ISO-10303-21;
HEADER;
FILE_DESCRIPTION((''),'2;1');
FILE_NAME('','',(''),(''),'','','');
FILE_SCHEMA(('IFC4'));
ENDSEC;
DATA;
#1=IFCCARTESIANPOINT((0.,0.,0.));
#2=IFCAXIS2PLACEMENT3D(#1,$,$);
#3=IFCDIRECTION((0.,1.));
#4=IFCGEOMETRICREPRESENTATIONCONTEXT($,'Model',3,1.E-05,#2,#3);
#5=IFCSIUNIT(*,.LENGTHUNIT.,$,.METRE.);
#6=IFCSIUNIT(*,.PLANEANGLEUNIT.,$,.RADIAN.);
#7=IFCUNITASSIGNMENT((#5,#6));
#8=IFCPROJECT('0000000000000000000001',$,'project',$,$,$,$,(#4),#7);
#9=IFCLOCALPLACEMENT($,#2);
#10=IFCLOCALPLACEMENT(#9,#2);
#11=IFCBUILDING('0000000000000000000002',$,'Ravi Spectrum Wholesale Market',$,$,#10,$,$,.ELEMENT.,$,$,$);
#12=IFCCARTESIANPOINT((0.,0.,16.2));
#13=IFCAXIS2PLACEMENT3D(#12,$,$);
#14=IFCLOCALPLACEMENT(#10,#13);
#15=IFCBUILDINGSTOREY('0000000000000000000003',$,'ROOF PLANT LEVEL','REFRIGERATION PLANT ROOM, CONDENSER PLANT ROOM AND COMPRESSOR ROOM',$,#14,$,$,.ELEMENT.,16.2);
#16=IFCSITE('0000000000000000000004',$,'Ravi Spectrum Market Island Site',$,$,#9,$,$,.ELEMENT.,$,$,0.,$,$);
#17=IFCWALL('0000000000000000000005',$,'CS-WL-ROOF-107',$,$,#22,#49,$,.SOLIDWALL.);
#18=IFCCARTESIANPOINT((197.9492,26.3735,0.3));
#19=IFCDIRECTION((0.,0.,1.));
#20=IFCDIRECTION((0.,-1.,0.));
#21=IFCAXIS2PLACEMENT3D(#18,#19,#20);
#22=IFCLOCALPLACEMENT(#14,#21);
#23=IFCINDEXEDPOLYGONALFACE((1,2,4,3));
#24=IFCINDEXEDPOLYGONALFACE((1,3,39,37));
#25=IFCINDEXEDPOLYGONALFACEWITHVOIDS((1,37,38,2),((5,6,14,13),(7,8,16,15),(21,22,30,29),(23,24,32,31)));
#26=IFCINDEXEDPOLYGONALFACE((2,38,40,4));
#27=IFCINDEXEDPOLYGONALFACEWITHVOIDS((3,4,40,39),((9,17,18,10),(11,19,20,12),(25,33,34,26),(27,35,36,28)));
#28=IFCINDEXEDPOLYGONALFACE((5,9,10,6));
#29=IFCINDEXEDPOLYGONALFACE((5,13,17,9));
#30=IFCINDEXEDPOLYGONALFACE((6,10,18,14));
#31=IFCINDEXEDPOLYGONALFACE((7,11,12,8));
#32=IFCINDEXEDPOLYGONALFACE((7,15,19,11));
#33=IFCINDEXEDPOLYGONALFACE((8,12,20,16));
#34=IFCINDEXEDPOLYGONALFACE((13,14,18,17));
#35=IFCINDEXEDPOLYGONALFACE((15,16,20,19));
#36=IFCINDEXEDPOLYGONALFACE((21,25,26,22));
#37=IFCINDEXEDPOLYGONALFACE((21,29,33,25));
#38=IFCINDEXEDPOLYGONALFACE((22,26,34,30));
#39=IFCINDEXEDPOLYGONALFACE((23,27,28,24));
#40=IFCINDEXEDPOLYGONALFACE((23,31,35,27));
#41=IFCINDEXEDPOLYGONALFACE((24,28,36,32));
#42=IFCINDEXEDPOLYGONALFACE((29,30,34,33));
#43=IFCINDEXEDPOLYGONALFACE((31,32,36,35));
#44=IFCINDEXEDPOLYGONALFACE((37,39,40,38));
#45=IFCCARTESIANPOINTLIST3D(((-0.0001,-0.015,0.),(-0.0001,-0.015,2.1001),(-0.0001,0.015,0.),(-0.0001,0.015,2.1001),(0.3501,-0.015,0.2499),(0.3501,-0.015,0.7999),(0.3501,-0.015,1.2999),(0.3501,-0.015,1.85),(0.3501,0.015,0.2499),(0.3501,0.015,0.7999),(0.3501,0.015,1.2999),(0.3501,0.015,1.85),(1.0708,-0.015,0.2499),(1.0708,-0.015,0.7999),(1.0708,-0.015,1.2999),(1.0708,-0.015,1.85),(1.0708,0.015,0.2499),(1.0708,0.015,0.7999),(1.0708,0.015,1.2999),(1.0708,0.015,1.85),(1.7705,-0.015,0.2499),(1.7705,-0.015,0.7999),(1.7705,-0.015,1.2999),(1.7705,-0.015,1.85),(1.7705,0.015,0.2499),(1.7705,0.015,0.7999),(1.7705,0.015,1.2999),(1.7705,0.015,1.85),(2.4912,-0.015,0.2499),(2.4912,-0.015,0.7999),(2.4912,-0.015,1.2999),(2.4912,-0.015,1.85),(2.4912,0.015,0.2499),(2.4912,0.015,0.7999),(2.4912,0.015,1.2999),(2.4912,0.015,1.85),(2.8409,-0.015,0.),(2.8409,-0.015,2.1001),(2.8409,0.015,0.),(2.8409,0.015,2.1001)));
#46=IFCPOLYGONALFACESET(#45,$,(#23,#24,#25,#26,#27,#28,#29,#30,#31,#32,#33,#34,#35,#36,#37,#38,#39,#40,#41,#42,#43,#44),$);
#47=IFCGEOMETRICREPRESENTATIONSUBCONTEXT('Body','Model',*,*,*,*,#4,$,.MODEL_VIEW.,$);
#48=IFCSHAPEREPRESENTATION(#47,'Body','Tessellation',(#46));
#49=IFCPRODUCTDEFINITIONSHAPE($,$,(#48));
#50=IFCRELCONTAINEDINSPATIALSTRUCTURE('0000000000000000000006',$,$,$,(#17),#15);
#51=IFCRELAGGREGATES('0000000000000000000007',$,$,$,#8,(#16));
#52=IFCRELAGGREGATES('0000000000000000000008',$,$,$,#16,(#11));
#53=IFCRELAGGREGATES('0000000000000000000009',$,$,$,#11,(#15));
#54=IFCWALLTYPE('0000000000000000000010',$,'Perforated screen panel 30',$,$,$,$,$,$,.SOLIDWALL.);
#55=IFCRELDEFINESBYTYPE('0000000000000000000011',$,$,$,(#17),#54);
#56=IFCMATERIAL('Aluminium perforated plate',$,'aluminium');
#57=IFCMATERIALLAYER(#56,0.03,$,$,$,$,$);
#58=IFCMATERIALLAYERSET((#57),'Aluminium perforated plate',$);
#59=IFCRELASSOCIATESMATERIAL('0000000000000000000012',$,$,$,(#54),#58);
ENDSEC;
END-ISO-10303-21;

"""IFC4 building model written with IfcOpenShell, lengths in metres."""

from ifc_helpers import new_model, si_unit, direction, frame, frame_2d, origin, place, context, subcontext, project, spatial, rectangle, extrude, material, layer, layer_set, type_object, element, save


model = new_model("IFC4")

# Units and contexts
model_context = context("Model", 3, precision=1e-05, world=origin(), true_north=direction((0.0, 1.0)))
body_context = subcontext(model_context, "Body", "Model", "MODEL_VIEW")
ifc_project = project(units=[si_unit("LENGTHUNIT", "METRE"), si_unit("PLANEANGLEUNIT", "RADIAN")], contexts=[model_context])

# Site, building, storey
site_placement = place(None, origin())
site = spatial("IfcSite", under=ifc_project, at=site_placement, Name="Ravi Spectrum Market Island Site", CompositionType="ELEMENT", RefElevation=0.0)
building_placement = place(site_placement, origin())
building = spatial("IfcBuilding", under=site, at=building_placement, Name="Ravi Spectrum Wholesale Market", CompositionType="ELEMENT")
storey_placement = place(building_placement, frame((0.0, 0.0, 16.2)))
storey = spatial("IfcBuildingStorey", under=building, at=storey_placement, Name="ROOF PLANT LEVEL", Description="REFRIGERATION PLANT ROOM, CONDENSER PLANT ROOM AND COMPRESSOR ROOM", CompositionType="ELEMENT", Elevation=16.2)

# Wall, openings
ifc_material_1 = material(Name="Aluminium perforated plate", Category="aluminium")
ifc_layer_1 = layer(ifc_material_1, 0.03)
ifc_layer_set_1 = layer_set([ifc_layer_1], Name="Aluminium perforated plate")
wall_type = type_object("IfcWallType", Name="Perforated screen panel 30", PredefinedType="SOLIDWALL", material=ifc_layer_set_1)
wall_1_placement = place(storey_placement, frame((197.9492, 26.3735, 0.3), z_axis=(0.0, 0.0, 1.0), x_axis=(0.0, -1.0, 0.0)))
wall_1 = element("IfcWall", 1, at=wall_1_placement, inside=storey, type_object=wall_type, Name="CS-WL-ROOF-107", PredefinedType="SOLIDWALL", context=body_context, shape_type="SweptSolid", body=[
    extrude(rectangle(XDim=2.8411, YDim=0.03, at=frame_2d((1.4204, 0.0))), origin(), (0.0, 0.0, 1.0), 2.1001),
])
opening_1_placement = place(wall_1_placement, frame((0.3501, 0.0, 0.25)))
element("IfcOpeningElement", 2, at=opening_1_placement, cuts=wall_1, PredefinedType="OPENING", context=body_context, shape_type="SweptSolid", body=[
    extrude(rectangle(XDim=0.7207, YDim=0.55, at=frame_2d((0.3604, 0.2749))), frame((0.0, 0.0249, 0.0), z_axis=(0.0, -1.0, 0.0), x_axis=(1.0, 0.0, 0.0)), (0.0, 0.0, 1.0), 0.05),
])
opening_2_placement = place(wall_1_placement, frame((0.3501, 0.0, 1.3)))
element("IfcOpeningElement", 3, at=opening_2_placement, cuts=wall_1, PredefinedType="OPENING", context=body_context, shape_type="SweptSolid", body=[
    extrude(rectangle(XDim=0.7207, YDim=0.55, at=frame_2d((0.3604, 0.2749))), frame((0.0, 0.0249, 0.0), z_axis=(0.0, -1.0, 0.0), x_axis=(1.0, 0.0, 0.0)), (0.0, 0.0, 1.0), 0.05),
])
opening_3_placement = place(wall_1_placement, frame((1.7705, 0.0, 0.25)))
element("IfcOpeningElement", 4, at=opening_3_placement, cuts=wall_1, PredefinedType="OPENING", context=body_context, shape_type="SweptSolid", body=[
    extrude(rectangle(XDim=0.7207, YDim=0.55, at=frame_2d((0.3604, 0.2749))), frame((0.0, 0.0249, 0.0), z_axis=(0.0, -1.0, 0.0), x_axis=(1.0, 0.0, 0.0)), (0.0, 0.0, 1.0), 0.05),
])
opening_4_placement = place(wall_1_placement, frame((1.7705, 0.0, 1.3)))
element("IfcOpeningElement", 5, at=opening_4_placement, cuts=wall_1, PredefinedType="OPENING", context=body_context, shape_type="SweptSolid", body=[
    extrude(rectangle(XDim=0.7207, YDim=0.55, at=frame_2d((0.3604, 0.2749))), frame((0.0, 0.0249, 0.0), z_axis=(0.0, -1.0, 0.0), x_axis=(1.0, 0.0, 0.0)), (0.0, 0.0, 1.0), 0.05),
])

save(model, "model.ifc")
